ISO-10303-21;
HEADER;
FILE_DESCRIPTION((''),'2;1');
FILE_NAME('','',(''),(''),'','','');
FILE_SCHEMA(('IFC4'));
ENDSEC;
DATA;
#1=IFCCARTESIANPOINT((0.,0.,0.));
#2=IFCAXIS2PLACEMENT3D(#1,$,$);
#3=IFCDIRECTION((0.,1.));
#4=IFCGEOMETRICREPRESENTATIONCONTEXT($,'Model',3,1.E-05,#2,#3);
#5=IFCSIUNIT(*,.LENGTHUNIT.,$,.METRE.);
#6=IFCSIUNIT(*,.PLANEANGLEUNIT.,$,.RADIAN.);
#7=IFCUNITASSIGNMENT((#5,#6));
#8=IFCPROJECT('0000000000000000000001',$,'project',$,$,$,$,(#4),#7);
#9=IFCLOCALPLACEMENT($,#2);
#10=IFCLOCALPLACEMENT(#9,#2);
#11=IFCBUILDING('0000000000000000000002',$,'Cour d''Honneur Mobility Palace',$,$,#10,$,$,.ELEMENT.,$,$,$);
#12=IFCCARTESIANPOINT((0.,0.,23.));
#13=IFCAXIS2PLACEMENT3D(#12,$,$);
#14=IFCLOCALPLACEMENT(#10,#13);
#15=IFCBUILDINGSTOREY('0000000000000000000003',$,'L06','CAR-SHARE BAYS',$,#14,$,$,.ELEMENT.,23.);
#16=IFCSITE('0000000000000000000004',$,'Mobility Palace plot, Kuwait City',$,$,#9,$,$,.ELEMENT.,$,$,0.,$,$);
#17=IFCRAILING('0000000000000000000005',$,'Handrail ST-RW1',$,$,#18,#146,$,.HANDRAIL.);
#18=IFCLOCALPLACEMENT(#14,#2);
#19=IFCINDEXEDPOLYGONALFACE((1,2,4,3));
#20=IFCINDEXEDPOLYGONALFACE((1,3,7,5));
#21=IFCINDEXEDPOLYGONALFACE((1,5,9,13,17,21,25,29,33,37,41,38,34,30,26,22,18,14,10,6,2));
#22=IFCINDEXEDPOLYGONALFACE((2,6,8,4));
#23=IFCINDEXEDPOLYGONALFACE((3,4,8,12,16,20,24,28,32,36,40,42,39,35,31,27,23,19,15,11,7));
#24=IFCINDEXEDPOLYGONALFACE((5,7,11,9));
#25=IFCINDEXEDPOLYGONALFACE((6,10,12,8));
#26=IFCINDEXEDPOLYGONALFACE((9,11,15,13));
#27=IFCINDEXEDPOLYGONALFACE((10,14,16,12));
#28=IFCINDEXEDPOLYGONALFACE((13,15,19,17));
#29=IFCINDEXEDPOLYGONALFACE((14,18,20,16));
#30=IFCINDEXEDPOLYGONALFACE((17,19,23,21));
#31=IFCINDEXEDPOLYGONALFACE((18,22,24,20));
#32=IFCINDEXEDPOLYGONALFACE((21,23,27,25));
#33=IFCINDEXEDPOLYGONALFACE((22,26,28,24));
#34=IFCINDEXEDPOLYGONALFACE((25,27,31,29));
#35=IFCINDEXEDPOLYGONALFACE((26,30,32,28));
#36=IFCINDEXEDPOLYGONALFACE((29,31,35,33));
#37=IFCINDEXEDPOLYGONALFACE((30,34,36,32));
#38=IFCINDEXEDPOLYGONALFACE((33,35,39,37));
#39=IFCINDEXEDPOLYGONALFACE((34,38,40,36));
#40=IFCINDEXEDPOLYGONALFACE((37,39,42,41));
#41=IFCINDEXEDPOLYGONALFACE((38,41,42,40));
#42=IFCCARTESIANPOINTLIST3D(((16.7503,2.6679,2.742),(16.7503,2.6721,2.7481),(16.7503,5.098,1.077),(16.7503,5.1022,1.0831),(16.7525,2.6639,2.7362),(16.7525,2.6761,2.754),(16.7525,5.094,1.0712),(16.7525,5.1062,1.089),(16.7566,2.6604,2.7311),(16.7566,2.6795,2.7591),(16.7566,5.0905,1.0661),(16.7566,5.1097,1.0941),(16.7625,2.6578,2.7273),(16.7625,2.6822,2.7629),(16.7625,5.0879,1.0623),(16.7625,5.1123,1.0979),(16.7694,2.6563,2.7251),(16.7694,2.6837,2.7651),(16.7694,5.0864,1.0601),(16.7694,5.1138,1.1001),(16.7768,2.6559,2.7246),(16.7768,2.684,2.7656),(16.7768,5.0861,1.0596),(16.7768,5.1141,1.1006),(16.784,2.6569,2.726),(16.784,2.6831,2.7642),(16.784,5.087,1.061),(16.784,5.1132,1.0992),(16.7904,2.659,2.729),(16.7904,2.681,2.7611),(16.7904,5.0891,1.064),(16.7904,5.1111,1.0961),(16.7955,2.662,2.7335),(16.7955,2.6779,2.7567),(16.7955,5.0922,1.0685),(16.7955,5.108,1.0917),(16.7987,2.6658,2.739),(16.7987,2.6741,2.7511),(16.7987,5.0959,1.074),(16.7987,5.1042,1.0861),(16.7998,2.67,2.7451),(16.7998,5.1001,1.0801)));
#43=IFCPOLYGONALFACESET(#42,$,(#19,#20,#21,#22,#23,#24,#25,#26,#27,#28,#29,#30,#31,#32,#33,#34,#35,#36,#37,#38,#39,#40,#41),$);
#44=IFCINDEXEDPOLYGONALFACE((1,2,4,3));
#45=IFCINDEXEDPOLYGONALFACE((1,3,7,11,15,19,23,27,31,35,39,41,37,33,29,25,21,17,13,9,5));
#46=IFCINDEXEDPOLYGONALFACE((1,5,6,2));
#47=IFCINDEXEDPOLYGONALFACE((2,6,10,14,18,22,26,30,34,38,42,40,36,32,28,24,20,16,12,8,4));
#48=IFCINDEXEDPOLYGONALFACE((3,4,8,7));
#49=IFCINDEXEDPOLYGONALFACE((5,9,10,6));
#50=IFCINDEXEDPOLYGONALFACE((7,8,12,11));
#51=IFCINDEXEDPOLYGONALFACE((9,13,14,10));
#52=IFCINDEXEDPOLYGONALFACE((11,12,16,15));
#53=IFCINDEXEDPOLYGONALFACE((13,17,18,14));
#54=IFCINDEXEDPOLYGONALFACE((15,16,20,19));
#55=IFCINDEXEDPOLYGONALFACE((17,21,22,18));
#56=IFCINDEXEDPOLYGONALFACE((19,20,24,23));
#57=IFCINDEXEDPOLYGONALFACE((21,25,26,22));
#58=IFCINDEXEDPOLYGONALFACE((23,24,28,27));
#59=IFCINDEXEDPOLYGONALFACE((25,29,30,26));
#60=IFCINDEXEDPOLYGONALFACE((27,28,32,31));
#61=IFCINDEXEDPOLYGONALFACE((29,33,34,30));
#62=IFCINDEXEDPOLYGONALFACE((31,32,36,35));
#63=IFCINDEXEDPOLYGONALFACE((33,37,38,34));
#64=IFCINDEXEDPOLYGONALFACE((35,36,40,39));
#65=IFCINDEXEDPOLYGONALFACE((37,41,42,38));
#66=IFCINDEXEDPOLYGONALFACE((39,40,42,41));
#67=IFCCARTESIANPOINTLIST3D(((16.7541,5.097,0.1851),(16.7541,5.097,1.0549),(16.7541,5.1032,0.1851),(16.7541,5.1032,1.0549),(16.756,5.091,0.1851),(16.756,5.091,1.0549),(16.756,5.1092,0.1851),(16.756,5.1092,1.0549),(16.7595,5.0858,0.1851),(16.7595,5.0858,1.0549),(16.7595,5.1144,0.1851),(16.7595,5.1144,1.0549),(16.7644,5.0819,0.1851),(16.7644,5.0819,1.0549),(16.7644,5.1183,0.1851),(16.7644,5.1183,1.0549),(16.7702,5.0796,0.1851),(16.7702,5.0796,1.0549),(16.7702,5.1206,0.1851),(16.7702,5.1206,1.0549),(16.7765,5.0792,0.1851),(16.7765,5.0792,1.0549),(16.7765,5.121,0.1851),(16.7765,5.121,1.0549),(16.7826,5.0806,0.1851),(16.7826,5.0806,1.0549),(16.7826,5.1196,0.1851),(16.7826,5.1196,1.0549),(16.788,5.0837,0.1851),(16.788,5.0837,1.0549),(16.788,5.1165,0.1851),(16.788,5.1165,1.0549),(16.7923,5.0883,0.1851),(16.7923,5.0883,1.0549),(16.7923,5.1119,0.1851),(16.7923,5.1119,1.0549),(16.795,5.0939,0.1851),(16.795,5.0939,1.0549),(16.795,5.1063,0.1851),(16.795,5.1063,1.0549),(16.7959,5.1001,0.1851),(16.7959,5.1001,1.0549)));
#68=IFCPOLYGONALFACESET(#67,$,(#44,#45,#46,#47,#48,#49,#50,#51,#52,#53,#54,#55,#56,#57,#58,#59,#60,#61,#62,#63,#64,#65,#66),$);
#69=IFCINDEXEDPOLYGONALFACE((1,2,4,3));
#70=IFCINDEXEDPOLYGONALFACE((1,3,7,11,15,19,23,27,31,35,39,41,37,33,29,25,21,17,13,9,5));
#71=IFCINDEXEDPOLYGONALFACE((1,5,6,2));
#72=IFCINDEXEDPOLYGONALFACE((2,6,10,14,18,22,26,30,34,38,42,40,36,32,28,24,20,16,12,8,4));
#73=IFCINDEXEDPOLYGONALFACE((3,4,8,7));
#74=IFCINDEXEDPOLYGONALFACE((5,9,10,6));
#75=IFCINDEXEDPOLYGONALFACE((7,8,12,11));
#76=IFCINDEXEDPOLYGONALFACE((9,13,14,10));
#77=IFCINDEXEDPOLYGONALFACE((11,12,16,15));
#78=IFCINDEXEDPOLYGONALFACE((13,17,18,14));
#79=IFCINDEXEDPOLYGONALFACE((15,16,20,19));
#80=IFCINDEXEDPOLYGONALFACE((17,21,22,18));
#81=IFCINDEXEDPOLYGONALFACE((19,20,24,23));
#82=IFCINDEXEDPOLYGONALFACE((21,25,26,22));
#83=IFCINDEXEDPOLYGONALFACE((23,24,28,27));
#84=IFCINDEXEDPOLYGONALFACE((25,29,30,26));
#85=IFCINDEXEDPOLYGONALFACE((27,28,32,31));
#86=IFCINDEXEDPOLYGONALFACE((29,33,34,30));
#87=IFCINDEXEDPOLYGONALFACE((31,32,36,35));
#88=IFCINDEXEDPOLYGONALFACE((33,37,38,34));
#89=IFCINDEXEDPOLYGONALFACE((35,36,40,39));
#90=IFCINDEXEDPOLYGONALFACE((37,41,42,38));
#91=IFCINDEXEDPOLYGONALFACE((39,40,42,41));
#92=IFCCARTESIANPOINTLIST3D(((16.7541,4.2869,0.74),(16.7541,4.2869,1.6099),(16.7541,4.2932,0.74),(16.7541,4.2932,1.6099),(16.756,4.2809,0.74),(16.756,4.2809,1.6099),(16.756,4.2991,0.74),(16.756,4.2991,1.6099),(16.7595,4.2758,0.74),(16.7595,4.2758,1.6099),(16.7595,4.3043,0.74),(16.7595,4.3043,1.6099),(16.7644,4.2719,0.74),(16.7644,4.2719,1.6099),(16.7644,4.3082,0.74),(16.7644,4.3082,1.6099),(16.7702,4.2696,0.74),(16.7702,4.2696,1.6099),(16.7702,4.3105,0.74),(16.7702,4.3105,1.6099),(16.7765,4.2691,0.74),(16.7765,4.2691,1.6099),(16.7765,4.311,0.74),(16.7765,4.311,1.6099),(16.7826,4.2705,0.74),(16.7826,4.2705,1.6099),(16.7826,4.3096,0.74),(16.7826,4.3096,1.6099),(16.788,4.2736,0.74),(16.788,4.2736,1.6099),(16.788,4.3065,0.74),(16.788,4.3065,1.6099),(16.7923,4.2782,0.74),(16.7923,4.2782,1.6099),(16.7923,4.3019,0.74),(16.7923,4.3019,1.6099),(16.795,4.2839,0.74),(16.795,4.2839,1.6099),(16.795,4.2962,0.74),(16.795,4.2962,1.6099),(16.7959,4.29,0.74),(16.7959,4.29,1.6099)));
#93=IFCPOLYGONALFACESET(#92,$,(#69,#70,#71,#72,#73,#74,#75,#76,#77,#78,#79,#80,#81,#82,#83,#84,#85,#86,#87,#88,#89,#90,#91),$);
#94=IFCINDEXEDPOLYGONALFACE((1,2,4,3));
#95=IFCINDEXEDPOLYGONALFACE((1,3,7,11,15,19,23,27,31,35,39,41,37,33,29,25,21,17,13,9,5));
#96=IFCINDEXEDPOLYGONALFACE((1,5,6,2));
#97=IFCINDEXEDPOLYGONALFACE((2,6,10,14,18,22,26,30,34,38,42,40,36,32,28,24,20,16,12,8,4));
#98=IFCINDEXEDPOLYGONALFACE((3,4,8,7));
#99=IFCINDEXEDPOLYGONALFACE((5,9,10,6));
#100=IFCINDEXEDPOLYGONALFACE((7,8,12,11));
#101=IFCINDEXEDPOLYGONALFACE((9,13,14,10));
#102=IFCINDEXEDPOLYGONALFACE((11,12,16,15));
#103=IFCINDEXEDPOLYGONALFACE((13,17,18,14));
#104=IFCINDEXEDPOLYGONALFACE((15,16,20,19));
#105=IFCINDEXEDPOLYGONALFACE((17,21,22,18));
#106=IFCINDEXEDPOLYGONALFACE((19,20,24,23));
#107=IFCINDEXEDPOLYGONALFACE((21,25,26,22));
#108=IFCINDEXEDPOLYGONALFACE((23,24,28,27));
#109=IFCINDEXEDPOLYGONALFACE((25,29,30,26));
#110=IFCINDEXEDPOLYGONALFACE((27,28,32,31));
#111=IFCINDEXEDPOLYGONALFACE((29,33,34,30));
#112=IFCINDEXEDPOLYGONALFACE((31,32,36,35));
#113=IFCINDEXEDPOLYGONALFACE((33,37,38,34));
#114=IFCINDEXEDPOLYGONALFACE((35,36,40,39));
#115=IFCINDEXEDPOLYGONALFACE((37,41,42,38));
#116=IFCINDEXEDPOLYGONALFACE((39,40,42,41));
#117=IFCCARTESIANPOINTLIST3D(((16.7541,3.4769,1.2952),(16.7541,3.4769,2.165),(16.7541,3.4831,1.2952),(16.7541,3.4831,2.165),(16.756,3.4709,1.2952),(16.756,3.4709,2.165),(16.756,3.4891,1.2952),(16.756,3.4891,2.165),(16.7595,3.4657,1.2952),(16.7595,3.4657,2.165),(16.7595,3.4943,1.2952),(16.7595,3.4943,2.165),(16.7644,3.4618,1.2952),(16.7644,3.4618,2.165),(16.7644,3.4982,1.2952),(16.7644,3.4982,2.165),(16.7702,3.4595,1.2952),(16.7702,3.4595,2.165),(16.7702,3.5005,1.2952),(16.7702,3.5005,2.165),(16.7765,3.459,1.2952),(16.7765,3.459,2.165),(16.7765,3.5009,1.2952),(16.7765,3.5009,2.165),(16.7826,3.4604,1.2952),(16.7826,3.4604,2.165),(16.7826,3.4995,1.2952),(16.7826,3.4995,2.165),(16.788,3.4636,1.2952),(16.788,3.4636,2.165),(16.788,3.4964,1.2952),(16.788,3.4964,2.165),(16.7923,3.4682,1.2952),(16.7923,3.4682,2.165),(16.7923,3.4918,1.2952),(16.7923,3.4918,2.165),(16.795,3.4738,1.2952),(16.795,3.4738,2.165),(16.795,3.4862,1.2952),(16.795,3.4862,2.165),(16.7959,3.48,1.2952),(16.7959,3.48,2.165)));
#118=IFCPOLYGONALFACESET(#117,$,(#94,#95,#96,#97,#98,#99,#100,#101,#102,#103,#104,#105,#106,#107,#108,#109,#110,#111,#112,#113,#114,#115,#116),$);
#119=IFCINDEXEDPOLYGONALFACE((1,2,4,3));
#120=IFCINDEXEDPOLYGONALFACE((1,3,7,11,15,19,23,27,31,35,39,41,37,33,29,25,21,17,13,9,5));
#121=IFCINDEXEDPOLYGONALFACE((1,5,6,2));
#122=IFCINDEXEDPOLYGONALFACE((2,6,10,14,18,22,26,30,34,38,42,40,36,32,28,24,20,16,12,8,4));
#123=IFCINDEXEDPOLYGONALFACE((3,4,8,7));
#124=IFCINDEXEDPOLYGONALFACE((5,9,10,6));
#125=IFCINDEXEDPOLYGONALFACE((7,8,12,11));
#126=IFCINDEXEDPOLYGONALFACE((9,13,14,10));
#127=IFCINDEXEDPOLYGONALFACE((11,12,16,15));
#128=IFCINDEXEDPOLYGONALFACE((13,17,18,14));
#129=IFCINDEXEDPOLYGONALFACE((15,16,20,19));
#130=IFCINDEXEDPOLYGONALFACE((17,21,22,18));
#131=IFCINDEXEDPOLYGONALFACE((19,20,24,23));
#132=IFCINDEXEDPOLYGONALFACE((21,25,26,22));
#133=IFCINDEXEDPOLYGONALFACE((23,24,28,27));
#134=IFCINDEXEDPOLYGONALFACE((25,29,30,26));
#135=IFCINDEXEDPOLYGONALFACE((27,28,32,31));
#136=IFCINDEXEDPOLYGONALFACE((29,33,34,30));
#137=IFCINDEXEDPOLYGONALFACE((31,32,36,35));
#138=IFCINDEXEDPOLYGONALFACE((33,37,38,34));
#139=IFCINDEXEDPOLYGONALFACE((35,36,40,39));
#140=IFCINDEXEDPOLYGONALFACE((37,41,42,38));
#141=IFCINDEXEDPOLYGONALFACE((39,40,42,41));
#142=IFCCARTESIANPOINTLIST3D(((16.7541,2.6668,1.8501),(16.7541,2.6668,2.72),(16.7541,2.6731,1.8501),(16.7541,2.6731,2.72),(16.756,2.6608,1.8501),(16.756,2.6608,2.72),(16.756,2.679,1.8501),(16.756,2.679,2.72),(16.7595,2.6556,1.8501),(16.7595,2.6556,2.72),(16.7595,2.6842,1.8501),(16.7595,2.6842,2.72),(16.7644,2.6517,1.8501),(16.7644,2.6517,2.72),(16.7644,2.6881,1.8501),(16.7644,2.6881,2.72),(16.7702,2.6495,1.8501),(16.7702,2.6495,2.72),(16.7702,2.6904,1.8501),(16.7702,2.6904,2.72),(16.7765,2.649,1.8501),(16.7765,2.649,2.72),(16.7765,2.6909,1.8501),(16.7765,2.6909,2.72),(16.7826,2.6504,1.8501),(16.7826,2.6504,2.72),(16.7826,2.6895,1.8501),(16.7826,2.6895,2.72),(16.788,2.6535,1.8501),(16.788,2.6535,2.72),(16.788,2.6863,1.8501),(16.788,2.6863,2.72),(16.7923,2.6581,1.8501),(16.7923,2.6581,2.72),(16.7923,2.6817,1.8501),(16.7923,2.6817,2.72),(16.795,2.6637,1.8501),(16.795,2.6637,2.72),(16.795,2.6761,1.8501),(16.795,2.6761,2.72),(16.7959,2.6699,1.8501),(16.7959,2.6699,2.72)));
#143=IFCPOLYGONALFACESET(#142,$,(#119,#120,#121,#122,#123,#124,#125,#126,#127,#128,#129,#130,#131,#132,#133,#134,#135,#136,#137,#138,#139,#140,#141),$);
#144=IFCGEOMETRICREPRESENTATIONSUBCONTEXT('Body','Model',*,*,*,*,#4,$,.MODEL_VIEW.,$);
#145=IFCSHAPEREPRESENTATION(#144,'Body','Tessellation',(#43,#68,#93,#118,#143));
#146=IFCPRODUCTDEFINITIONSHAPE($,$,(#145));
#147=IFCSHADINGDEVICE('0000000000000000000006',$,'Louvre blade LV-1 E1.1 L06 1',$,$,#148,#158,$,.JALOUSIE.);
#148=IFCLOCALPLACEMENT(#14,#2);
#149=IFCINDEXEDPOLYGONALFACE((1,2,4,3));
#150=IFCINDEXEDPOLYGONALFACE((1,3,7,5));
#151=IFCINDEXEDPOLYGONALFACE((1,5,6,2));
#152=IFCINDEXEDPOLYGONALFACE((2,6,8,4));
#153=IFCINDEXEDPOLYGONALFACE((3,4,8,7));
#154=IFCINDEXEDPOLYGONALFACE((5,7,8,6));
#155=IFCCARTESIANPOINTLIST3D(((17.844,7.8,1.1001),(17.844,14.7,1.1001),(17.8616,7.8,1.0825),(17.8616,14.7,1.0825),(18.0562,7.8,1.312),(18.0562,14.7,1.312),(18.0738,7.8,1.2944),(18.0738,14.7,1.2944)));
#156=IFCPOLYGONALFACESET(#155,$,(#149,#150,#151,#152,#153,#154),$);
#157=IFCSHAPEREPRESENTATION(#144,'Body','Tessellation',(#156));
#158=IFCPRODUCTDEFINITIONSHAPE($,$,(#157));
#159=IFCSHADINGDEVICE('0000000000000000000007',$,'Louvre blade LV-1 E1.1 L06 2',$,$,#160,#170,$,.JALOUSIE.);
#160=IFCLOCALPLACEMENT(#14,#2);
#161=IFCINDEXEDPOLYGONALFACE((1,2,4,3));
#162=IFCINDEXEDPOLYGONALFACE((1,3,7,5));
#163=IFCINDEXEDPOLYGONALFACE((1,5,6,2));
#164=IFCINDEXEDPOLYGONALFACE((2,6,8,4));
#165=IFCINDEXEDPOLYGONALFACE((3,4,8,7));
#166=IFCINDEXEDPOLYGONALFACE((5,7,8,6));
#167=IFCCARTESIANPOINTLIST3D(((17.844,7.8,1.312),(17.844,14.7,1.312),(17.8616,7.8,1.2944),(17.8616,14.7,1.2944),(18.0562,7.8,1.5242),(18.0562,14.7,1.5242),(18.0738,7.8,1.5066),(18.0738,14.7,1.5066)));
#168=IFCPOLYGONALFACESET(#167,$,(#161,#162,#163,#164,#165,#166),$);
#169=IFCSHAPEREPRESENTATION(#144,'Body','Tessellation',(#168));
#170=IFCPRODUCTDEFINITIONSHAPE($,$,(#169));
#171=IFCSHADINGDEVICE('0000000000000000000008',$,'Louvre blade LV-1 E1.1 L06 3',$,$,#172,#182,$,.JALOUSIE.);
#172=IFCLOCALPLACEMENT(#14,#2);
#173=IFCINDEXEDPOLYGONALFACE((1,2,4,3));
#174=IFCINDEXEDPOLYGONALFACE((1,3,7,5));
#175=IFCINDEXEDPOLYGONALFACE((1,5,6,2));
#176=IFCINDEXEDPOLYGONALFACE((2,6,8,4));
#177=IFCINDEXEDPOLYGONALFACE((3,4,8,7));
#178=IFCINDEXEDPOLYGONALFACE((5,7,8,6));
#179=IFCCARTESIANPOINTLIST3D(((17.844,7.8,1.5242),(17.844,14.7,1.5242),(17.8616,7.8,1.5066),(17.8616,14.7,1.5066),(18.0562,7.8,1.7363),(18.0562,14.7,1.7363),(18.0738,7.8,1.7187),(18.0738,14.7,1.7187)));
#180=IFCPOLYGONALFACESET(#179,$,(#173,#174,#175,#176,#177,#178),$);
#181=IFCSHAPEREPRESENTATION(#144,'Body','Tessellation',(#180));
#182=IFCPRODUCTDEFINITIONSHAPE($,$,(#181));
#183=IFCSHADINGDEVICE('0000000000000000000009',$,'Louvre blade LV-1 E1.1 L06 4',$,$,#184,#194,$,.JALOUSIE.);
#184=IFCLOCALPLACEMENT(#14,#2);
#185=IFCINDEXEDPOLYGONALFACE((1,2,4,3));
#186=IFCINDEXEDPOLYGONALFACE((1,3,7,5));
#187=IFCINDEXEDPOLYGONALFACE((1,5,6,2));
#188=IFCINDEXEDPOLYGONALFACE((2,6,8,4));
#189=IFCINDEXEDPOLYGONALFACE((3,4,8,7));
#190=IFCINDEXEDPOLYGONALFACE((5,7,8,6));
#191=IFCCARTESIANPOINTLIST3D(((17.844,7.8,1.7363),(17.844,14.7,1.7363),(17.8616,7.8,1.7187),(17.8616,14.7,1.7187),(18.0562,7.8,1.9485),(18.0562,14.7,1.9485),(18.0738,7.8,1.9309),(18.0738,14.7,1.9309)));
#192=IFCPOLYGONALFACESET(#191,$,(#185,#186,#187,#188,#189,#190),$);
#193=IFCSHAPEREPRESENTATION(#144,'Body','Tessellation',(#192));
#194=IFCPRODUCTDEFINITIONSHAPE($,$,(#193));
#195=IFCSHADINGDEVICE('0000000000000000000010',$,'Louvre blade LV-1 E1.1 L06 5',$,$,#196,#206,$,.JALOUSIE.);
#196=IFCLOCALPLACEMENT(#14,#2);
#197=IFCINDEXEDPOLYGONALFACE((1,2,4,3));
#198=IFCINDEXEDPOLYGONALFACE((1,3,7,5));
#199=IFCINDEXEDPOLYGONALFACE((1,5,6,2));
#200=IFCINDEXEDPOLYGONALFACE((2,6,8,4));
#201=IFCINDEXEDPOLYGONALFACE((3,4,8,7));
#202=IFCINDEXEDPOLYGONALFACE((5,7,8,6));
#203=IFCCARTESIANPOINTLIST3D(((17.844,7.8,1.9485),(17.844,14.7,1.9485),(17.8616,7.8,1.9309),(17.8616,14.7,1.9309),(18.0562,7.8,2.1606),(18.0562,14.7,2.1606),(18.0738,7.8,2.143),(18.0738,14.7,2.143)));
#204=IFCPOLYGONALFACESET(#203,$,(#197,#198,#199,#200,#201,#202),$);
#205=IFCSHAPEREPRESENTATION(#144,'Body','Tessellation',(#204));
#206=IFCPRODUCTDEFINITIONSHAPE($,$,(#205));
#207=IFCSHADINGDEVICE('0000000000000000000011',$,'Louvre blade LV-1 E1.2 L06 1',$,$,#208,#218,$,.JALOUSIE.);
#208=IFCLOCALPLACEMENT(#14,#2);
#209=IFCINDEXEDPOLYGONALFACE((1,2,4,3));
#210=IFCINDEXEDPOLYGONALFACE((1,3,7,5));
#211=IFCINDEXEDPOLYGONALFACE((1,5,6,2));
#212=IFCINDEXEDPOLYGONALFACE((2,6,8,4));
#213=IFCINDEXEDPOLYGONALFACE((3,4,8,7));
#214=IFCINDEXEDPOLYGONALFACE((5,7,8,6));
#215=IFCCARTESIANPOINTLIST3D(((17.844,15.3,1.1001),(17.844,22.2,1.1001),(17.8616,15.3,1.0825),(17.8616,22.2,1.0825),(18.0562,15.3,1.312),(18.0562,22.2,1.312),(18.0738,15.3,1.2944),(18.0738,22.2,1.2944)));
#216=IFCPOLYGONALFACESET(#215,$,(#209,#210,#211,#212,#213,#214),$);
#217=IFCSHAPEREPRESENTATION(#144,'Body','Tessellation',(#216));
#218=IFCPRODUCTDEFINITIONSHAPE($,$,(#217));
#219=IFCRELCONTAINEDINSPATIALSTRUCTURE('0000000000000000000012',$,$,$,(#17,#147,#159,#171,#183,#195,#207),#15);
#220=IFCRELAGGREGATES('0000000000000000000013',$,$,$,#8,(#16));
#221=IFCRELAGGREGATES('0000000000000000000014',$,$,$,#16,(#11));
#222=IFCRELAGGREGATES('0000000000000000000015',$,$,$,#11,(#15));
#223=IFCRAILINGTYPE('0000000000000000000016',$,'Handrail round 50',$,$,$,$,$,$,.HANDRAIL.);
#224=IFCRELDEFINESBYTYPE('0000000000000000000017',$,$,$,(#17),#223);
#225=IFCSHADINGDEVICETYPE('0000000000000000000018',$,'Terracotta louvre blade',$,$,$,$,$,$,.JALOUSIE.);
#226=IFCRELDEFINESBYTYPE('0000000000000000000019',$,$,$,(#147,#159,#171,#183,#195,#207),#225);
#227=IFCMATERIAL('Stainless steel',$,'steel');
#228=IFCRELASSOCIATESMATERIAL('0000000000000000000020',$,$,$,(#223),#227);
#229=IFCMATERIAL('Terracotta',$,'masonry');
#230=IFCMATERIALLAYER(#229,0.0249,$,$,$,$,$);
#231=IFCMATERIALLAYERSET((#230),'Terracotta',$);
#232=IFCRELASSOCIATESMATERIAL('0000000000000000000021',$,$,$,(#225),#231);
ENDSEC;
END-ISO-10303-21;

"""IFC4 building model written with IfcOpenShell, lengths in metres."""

from ifc_helpers import new_model, si_unit, direction, frame, origin, origin_2d, place, context, subcontext, project, spatial, polyline, circle, outline, extrude, material, layer, layer_set, type_object, element, save


model = new_model("IFC4")

# Units and contexts
model_context = context("Model", 3, precision=1e-05, world=origin(), true_north=direction((0.0, 1.0)))
body_context = subcontext(model_context, "Body", "Model", "MODEL_VIEW")
ifc_project = project(units=[si_unit("LENGTHUNIT", "METRE"), si_unit("PLANEANGLEUNIT", "RADIAN")], contexts=[model_context])

# Site, building, storey
site_placement = place(None, origin())
site = spatial("IfcSite", under=ifc_project, at=site_placement, Name="Mobility Palace plot, Kuwait City", CompositionType="ELEMENT", RefElevation=0.0)
building_placement = place(site_placement, origin())
building = spatial("IfcBuilding", under=site, at=building_placement, Name="Cour d'Honneur Mobility Palace", CompositionType="ELEMENT")
storey_placement = place(building_placement, frame((0.0, 0.0, 23.0)))
storey = spatial("IfcBuildingStorey", under=building, at=storey_placement, Name="L06", Description="CAR-SHARE BAYS", CompositionType="ELEMENT", Elevation=23.0)

# Railing
ifc_material_1 = material(Name="Stainless steel", Category="steel")
railing_type_1 = type_object("IfcRailingType", Name="Handrail round 50", PredefinedType="HANDRAIL", material=ifc_material_1)
railing_1_placement = place(storey_placement, frame((16.7749, 5.1001, 0.1851)))
element("IfcRailing", 1, at=railing_1_placement, inside=storey, type_object=railing_type_1, Name="Handrail ST-RW1", PredefinedType="HANDRAIL", context=body_context, shape_type="SweptSolid", body=[
    extrude(circle(Radius=0.0249, at=origin_2d()), frame((0.0, 0.0, 0.895), z_axis=(0.0, -0.824945, 0.565213), x_axis=(1.0, 0.0, 0.0)), (0.0, 0.0, 1.0), 2.9458),
    extrude(circle(Radius=0.021, at=origin_2d()), origin(), (0.0, 0.0, 1.0), 0.8699),
    extrude(circle(Radius=0.021, at=origin_2d()), frame((0.0, -0.8101, 0.5549)), (0.0, 0.0, 1.0), 0.8699),
    extrude(circle(Radius=0.021, at=origin_2d()), frame((0.0, -1.6201, 1.1101)), (0.0, 0.0, 1.0), 0.8699),
    extrude(circle(Radius=0.021, at=origin_2d()), frame((0.0, -2.4302, 1.665)), (0.0, 0.0, 1.0), 0.8699),
])

# Shading devices
ifc_material_2 = material(Name="Terracotta", Category="masonry")
ifc_layer_1 = layer(ifc_material_2, 0.0249)
ifc_layer_set_1 = layer_set([ifc_layer_1], Name="Terracotta")
shading_device_type = type_object("IfcShadingDeviceType", Name="Terracotta louvre blade", PredefinedType="JALOUSIE", material=ifc_layer_set_1)
shading_device_1_placement = place(storey_placement, frame((17.844, 7.8, 1.1001), z_axis=(-0.7067, 0.0, 0.707514), x_axis=(0.0, 1.0, 0.0)))
element("IfcShadingDevice", 2, at=shading_device_1_placement, inside=storey, type_object=shading_device_type, Name="Louvre blade LV-1 E1.1 L06 1", PredefinedType="JALOUSIE", context=body_context, shape_type="SweptSolid", body=[
    extrude(outline(polyline([(0.0, 0.0), (6.8999, 0.0), (6.8999, -0.2999), (0.0, -0.2999), (0.0, 0.0)])), origin(), (0.0, 0.0, -1.0), 0.0249),
])
for number, where, z_axis, x_axis, name in (
    (3, (17.844, 7.8, 1.312), (-0.707107, 0.0, 0.707107), (0.0, 1.0, 0.0), "Louvre blade LV-1 E1.1 L06 2"),
    (4, (17.844, 7.8, 1.5242), (-0.707107, 0.0, 0.707107), (0.0, 1.0, 0.0), "Louvre blade LV-1 E1.1 L06 3"),
    (5, (17.844, 7.8, 1.7363), (-0.707107, 0.0, 0.707107), (0.0, 1.0, 0.0), "Louvre blade LV-1 E1.1 L06 4"),
    (6, (17.844, 7.8, 1.9485), (-0.707107, 0.0, 0.707107), (0.0, 1.0, 0.0), "Louvre blade LV-1 E1.1 L06 5"),
):
    element("IfcShadingDevice", number, at=place(storey_placement, frame(where, z_axis=z_axis, x_axis=x_axis)), inside=storey, type_object=shading_device_type, Name=name, PredefinedType="JALOUSIE", context=body_context, shape_type="SweptSolid", body=[
        extrude(outline(polyline([(0.0, 0.0), (6.8999, 0.0), (6.8999, -0.3), (0.0, -0.3), (0.0, 0.0)])), origin(), (0.0, 0.0, -1.0), 0.0249),
    ])
shading_device_2_placement = place(storey_placement, frame((17.844, 15.3, 1.1001), z_axis=(-0.7067, 0.0, 0.707514), x_axis=(0.0, 1.0, 0.0)))
element("IfcShadingDevice", 7, at=shading_device_2_placement, inside=storey, type_object=shading_device_type, Name="Louvre blade LV-1 E1.2 L06 1", PredefinedType="JALOUSIE", context=body_context, shape_type="SweptSolid", body=[
    extrude(outline(polyline([(0.0, 0.0), (6.8999, 0.0), (6.8999, -0.2999), (0.0, -0.2999), (0.0, 0.0)])), origin(), (0.0, 0.0, -1.0), 0.0249),
])

save(model, "model.ifc")
